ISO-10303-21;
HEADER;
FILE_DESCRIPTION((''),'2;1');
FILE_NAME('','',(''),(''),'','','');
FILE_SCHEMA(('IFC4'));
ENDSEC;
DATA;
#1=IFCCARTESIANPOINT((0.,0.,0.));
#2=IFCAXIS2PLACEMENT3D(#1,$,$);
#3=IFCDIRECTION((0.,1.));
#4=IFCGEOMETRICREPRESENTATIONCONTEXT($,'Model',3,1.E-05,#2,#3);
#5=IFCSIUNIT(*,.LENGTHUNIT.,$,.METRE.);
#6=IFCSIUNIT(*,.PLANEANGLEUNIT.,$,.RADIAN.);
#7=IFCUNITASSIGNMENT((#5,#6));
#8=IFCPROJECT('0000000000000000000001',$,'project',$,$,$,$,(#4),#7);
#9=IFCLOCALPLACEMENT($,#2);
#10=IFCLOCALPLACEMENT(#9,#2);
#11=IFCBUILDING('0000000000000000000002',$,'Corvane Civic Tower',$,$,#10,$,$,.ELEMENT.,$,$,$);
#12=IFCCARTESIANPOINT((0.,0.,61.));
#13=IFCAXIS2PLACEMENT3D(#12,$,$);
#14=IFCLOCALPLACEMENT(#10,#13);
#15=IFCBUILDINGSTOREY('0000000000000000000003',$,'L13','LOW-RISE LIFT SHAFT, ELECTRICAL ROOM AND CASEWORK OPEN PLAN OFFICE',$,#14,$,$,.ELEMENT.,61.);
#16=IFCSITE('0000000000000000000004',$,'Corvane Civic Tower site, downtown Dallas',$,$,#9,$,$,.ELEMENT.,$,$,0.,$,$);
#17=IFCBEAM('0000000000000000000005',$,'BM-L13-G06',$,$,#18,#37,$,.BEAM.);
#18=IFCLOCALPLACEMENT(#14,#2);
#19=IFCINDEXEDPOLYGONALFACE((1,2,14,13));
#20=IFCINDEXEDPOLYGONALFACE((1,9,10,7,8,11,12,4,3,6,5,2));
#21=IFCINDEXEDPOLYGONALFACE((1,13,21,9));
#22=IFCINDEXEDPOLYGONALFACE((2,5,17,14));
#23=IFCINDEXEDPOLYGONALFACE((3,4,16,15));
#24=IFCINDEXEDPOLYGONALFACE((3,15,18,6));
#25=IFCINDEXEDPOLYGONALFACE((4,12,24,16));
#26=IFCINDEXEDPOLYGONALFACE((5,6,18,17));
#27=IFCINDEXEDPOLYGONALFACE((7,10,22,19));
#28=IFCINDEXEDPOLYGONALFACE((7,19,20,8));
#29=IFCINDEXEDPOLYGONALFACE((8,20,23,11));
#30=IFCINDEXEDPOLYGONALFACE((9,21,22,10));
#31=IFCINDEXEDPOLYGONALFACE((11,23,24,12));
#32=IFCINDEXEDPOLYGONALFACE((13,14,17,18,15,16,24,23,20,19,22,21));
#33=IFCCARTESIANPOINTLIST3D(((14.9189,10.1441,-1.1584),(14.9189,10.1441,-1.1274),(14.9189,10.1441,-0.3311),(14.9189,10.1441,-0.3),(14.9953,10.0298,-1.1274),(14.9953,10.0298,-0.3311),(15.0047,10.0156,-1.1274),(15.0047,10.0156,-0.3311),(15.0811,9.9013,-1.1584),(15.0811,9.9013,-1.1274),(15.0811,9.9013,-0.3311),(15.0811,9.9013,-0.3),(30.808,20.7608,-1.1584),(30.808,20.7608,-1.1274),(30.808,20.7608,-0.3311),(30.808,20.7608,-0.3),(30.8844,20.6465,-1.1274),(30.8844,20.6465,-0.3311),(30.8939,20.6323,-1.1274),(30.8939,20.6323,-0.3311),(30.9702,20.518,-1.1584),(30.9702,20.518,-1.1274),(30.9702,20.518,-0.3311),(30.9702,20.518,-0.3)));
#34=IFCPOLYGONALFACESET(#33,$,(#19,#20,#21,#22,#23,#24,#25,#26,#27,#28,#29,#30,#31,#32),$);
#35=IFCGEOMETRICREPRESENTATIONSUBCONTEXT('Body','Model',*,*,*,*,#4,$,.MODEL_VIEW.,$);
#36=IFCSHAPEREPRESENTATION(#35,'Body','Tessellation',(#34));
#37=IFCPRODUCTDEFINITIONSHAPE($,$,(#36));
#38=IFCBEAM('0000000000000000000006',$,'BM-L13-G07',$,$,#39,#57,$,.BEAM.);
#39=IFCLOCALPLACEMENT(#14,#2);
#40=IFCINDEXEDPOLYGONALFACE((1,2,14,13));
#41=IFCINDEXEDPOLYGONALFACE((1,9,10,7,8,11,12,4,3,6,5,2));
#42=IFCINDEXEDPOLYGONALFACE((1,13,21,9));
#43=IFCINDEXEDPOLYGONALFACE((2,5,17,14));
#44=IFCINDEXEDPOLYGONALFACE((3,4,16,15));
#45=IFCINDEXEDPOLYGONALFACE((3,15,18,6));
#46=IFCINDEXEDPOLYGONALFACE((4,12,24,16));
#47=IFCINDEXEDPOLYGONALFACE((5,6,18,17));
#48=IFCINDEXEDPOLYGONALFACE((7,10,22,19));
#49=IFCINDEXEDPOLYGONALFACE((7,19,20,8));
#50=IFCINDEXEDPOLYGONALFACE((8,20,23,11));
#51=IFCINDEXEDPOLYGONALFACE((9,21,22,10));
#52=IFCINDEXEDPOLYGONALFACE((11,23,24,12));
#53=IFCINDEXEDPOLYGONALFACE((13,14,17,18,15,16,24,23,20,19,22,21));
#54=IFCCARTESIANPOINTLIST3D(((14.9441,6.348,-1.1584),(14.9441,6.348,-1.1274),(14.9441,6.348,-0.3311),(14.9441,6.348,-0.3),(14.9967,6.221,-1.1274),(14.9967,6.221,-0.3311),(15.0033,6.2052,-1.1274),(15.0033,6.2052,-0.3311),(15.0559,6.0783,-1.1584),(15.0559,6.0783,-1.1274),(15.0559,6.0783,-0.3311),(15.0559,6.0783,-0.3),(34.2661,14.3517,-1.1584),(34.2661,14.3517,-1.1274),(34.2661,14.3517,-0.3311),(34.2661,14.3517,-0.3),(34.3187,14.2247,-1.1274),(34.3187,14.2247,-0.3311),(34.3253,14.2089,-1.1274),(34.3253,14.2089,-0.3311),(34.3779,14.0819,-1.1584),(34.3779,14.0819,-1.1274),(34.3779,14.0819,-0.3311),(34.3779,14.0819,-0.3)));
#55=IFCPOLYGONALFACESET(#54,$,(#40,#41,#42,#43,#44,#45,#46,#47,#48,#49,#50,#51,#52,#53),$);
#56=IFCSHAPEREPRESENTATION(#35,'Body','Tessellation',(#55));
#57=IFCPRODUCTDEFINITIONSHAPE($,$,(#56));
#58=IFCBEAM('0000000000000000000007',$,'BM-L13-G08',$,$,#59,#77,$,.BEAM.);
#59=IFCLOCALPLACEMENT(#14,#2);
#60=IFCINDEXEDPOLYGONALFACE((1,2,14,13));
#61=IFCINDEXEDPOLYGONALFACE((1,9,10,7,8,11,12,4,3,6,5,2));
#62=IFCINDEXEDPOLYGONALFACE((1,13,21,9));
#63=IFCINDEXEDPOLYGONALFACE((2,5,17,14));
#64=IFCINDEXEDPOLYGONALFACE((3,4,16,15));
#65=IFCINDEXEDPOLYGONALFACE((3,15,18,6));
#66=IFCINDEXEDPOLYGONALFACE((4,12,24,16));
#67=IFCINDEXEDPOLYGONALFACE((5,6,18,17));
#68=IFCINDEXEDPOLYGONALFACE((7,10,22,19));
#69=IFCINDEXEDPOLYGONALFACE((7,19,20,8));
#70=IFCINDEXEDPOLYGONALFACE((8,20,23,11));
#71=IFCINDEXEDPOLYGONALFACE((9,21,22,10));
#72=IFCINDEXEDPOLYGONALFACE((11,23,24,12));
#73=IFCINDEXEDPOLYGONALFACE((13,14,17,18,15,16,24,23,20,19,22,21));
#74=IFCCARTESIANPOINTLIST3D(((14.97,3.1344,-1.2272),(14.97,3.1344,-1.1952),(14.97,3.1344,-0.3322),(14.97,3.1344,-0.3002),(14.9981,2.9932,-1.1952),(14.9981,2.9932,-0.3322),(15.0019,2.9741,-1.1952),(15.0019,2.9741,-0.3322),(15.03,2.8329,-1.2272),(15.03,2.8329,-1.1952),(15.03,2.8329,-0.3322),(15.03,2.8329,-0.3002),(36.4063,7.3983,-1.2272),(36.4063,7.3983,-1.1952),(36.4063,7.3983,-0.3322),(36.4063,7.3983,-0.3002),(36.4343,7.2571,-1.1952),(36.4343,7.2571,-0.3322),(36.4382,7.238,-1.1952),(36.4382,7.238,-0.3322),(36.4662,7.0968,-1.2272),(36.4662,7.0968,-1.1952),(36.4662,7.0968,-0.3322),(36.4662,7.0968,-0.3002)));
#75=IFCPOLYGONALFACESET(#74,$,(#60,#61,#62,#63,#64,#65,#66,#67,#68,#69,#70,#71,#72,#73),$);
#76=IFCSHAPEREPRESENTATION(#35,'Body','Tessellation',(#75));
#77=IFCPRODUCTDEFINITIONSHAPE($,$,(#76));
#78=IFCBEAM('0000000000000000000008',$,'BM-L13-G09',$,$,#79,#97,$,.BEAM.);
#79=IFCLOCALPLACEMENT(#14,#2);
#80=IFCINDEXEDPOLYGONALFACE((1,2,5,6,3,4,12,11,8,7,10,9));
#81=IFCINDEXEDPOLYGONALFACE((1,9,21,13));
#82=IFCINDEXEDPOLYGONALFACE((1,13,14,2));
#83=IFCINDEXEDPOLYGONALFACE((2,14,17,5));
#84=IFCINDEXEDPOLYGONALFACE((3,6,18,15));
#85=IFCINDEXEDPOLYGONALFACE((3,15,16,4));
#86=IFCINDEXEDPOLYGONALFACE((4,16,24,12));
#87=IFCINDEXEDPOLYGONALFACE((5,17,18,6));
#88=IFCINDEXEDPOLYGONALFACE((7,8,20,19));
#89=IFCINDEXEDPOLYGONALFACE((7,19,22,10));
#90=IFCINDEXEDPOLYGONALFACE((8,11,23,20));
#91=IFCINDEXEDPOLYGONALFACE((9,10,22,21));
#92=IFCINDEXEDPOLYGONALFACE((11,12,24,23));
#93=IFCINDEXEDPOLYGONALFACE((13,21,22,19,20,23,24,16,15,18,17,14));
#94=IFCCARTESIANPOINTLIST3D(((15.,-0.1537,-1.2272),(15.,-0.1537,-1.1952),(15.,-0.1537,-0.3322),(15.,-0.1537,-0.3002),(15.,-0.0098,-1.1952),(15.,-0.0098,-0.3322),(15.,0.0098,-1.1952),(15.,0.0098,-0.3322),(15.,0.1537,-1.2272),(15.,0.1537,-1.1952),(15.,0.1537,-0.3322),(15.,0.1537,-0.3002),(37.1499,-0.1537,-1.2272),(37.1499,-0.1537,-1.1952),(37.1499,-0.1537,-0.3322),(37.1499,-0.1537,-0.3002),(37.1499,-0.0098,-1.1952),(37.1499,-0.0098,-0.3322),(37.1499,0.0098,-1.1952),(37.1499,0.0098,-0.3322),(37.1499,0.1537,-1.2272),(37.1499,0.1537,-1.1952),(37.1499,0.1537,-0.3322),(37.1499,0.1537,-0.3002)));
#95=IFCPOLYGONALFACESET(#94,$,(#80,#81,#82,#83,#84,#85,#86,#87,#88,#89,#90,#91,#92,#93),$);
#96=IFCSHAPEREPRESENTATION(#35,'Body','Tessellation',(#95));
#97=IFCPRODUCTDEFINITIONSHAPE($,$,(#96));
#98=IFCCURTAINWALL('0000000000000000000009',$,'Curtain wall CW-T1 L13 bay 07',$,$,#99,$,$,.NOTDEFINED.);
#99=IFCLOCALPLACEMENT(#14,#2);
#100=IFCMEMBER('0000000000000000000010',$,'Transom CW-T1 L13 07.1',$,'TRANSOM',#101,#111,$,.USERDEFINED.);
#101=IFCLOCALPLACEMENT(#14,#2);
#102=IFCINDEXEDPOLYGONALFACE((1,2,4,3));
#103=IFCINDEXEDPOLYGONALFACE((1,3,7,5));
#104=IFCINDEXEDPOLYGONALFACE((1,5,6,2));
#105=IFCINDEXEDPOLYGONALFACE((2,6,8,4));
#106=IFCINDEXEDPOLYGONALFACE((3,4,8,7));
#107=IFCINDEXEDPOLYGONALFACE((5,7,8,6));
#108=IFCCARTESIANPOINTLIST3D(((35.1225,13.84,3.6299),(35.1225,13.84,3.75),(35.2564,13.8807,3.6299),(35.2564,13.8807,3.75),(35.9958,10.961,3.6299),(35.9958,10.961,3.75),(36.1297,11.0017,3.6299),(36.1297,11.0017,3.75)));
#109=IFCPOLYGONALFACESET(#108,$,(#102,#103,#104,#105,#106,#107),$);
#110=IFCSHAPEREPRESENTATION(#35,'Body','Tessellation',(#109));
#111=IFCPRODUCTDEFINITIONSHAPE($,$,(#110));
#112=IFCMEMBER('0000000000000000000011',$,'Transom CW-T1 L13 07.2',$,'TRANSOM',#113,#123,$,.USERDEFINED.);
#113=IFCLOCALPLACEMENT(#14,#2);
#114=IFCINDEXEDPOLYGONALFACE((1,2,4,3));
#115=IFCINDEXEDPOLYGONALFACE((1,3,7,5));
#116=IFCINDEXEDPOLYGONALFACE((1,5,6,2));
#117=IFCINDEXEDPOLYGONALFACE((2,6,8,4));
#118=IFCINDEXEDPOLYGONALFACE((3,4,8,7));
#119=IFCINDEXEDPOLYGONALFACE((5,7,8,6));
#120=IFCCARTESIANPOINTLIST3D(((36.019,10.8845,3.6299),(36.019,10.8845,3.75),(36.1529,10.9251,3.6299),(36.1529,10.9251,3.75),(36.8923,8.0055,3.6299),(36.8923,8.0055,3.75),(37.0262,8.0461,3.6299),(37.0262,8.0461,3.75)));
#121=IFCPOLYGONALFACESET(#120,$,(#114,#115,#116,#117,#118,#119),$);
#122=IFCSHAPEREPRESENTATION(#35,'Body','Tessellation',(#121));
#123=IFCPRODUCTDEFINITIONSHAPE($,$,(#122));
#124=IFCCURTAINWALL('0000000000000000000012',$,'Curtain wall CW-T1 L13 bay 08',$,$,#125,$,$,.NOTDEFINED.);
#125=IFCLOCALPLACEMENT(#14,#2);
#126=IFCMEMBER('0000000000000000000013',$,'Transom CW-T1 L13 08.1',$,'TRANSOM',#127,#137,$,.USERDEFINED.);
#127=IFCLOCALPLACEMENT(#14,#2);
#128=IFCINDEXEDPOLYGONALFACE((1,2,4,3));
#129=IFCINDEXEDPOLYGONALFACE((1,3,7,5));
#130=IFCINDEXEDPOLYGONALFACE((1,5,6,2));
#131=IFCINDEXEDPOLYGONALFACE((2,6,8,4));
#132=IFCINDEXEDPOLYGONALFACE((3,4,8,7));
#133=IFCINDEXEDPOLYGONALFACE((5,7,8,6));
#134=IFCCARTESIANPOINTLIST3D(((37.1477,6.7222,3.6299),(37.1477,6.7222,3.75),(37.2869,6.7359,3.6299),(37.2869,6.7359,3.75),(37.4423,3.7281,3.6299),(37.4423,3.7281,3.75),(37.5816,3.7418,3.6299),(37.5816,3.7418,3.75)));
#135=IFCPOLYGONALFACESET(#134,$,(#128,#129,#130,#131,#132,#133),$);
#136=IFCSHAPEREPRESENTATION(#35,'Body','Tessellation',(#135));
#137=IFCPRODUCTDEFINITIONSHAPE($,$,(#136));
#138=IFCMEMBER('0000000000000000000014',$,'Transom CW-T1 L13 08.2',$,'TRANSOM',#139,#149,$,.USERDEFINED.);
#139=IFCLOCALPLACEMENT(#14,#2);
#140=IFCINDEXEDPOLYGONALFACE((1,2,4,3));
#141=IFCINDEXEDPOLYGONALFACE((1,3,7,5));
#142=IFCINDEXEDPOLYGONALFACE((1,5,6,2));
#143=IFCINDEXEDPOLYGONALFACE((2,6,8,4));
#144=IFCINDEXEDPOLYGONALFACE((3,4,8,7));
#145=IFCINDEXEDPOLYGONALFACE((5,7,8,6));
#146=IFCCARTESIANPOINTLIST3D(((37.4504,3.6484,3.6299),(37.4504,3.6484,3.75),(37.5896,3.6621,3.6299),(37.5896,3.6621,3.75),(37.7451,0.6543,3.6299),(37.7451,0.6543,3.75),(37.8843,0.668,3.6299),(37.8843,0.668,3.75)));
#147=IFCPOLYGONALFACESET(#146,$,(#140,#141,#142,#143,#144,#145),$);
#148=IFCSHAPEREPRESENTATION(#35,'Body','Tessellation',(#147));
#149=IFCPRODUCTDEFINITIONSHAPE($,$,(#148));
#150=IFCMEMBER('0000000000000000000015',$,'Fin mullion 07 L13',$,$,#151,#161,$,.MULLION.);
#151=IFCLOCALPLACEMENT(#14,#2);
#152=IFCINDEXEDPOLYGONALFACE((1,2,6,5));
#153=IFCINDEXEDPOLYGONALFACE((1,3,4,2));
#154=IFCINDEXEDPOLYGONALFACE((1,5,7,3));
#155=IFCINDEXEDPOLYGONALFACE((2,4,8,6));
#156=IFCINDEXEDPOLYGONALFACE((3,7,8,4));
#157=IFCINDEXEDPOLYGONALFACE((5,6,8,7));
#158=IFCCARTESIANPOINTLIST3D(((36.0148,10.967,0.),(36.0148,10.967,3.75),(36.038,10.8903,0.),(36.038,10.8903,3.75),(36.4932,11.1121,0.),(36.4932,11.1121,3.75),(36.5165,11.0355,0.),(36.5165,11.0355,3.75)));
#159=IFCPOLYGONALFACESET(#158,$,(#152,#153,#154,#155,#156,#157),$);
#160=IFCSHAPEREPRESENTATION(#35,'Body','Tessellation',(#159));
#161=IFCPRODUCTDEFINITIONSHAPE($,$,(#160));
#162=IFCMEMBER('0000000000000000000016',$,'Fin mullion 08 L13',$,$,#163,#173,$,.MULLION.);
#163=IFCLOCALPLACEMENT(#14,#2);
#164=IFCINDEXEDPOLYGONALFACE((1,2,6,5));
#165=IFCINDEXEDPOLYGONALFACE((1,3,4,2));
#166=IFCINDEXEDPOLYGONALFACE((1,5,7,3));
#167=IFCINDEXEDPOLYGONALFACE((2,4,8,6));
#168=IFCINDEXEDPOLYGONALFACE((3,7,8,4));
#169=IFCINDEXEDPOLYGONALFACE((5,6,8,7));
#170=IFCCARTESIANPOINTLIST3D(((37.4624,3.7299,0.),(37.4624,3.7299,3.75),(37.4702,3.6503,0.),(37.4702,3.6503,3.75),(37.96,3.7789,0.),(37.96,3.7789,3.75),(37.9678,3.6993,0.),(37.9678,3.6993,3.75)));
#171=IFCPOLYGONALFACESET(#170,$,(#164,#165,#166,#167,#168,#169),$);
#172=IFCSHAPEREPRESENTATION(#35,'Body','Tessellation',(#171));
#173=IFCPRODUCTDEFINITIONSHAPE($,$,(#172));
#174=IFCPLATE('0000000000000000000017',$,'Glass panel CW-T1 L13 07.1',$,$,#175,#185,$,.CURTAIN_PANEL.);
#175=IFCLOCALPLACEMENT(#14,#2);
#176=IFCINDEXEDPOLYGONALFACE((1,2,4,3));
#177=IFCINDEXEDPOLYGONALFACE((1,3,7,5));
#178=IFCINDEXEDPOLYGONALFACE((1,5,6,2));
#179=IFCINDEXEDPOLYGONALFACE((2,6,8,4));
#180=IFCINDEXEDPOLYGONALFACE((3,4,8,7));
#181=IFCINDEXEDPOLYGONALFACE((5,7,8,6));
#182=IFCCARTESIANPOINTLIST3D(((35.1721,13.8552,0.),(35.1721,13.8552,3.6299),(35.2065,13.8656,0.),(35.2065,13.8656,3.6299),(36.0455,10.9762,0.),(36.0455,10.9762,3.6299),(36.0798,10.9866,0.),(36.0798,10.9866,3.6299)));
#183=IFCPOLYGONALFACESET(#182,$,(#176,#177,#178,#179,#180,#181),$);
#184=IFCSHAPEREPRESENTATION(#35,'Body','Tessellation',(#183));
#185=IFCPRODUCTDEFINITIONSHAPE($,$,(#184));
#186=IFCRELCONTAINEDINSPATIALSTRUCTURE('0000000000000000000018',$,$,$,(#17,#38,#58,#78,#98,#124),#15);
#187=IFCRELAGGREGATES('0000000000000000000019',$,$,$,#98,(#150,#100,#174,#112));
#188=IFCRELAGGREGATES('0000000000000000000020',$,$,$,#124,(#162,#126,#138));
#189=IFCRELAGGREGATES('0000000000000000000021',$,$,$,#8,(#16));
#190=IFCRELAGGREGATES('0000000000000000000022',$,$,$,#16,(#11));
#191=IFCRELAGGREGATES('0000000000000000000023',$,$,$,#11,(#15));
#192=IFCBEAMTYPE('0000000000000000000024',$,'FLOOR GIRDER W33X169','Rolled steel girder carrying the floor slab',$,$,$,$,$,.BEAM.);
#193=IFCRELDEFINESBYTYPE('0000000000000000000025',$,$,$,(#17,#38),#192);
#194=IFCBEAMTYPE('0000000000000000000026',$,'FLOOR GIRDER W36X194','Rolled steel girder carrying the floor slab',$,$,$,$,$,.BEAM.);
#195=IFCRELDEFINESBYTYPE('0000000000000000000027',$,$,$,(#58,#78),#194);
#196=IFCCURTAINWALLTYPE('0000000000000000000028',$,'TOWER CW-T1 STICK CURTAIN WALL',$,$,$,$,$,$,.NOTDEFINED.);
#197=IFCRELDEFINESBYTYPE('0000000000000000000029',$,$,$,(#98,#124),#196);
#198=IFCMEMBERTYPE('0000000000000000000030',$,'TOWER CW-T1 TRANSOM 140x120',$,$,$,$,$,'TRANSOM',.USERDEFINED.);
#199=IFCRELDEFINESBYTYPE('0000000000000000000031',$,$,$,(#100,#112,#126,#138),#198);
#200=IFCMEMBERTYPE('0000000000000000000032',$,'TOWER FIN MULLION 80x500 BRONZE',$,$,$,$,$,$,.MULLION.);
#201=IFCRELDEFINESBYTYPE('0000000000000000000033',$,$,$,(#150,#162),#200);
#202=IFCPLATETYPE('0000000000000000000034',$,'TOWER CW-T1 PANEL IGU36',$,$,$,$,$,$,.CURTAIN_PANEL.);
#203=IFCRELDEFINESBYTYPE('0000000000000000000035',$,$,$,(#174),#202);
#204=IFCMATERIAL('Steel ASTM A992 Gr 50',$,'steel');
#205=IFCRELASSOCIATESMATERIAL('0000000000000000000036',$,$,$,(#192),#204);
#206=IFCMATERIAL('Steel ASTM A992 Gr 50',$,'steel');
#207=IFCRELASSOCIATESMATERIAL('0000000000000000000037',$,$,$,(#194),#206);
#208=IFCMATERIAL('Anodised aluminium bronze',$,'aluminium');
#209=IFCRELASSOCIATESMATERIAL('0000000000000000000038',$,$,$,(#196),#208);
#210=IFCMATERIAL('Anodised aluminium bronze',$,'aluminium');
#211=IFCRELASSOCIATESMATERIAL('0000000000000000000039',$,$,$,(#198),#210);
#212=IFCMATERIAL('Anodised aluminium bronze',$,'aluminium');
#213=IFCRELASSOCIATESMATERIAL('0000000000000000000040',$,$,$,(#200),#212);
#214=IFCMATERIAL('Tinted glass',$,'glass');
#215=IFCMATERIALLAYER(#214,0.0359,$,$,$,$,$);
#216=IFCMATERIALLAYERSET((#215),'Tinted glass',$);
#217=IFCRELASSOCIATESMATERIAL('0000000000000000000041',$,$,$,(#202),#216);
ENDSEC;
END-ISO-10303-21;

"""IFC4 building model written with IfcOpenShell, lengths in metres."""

from ifc_helpers import new_model, si_unit, direction, frame, origin, origin_2d, place, context, subcontext, project, spatial, rectangle, i_section, extrude, material, layer, layer_set, material_profile, profile_set, type_object, element, aggregate, save


model = new_model("IFC4")

# Units and contexts
model_context = context("Model", 3, precision=1e-05, world=origin(), true_north=direction((0.0, 1.0)))
body_context = subcontext(model_context, "Body", "Model", "MODEL_VIEW")
ifc_project = project(units=[si_unit("LENGTHUNIT", "METRE"), si_unit("PLANEANGLEUNIT", "RADIAN")], contexts=[model_context])

# Site, building, storey
site_placement = place(None, origin())
site = spatial("IfcSite", under=ifc_project, at=site_placement, Name="Corvane Civic Tower site, downtown Dallas", CompositionType="ELEMENT", RefElevation=0.0)
building_placement = place(site_placement, origin())
building = spatial("IfcBuilding", under=site, at=building_placement, Name="Corvane Civic Tower", CompositionType="ELEMENT")
storey_placement = place(building_placement, frame((0.0, 0.0, 61.0)))
storey = spatial("IfcBuildingStorey", under=building, at=storey_placement, Name="L13", Description="LOW-RISE LIFT SHAFT, ELECTRICAL ROOM AND CASEWORK OPEN PLAN OFFICE", CompositionType="ELEMENT", Elevation=61.0)

# Beams
ifc_material_1 = material(Name="Steel ASTM A992 Gr 50", Category="steel")
ifc_material_profile_1 = material_profile(ifc_material_1, i_section(OverallWidth=0.292, OverallDepth=0.8584, WebThickness=0.0171, FlangeThickness=0.031, at=origin_2d()), Name="W33X169")
ifc_profile_set_1 = profile_set([ifc_material_profile_1], Name="Steel ASTM A992 Gr 50")
beam_type_1 = type_object("IfcBeamType", Name="FLOOR GIRDER W33X169", Description="Rolled steel girder carrying the floor slab", PredefinedType="BEAM", material=ifc_profile_set_1)
for number, where, z_axis, x_axis, name in (
    (1, (15.0, 10.0227, -0.7292), (0.831472, 0.555567, 0.0), (-0.555567, 0.831472, 0.0), "BM-L13-G06"),
):
    element("IfcBeam", number, at=place(storey_placement, frame(where, z_axis=z_axis, x_axis=x_axis)), inside=storey, type_object=beam_type_1, Name=name, PredefinedType="BEAM", context=body_context, shape_type="SweptSolid", body=[
        extrude(i_section(OverallWidth=0.292, OverallDepth=0.8584, WebThickness=0.0171, FlangeThickness=0.031, at=origin_2d()), origin(), (0.0, 0.0, 1.0), 19.1096),
    ])
beam_1_placement = place(storey_placement, frame((15.0, 6.2131, -0.7292), z_axis=(0.923876, 0.382692, 0.0), x_axis=(-0.382692, 0.923876, 0.0)))
element("IfcBeam", 2, at=beam_1_placement, inside=storey, type_object=beam_type_1, Name="BM-L13-G07", PredefinedType="BEAM", context=body_context, shape_type="SweptSolid", body=[
    extrude(i_section(OverallWidth=0.292, OverallDepth=0.8584, WebThickness=0.0171, FlangeThickness=0.031, at=origin_2d()), origin(), (0.0, 0.0, 1.0), 20.9141),
])
ifc_material_2 = material(Name="Steel ASTM A992 Gr 50", Category="steel")
ifc_material_profile_2 = material_profile(ifc_material_2, i_section(OverallWidth=0.3074, OverallDepth=0.927, WebThickness=0.0195, FlangeThickness=0.032, at=origin_2d()), Name="W36X194")
ifc_profile_set_2 = profile_set([ifc_material_profile_2], Name="Steel ASTM A992 Gr 50")
beam_type_2 = type_object("IfcBeamType", Name="FLOOR GIRDER W36X194", Description="Rolled steel girder carrying the floor slab", PredefinedType="BEAM", material=ifc_profile_set_2)
beam_2_placement = place(storey_placement, frame((15.0, 2.9836, -0.7637), z_axis=(0.980785, 0.195089, 0.0), x_axis=(-0.195089, 0.980785, 0.0)))
element("IfcBeam", 3, at=beam_2_placement, inside=storey, type_object=beam_type_2, Name="BM-L13-G08", PredefinedType="BEAM", context=body_context, shape_type="SweptSolid", body=[
    extrude(i_section(OverallWidth=0.3074, OverallDepth=0.927, WebThickness=0.0195, FlangeThickness=0.032, at=origin_2d()), origin(), (0.0, 0.0, 1.0), 21.8562),
])
beam_3_placement = place(storey_placement, frame((15.0, 0.0, -0.7637), z_axis=(1.0, 0.0, 0.0), x_axis=(0.0, 1.0, 0.0)))
element("IfcBeam", 4, at=beam_3_placement, inside=storey, type_object=beam_type_2, Name="BM-L13-G09", PredefinedType="BEAM", context=body_context, shape_type="SweptSolid", body=[
    extrude(i_section(OverallWidth=0.3074, OverallDepth=0.927, WebThickness=0.0195, FlangeThickness=0.032, at=origin_2d()), origin(), (0.0, 0.0, 1.0), 22.1499),
])

# Curtain walls, members
ifc_material_3 = material(Name="Anodised aluminium bronze", Category="aluminium")
curtain_wall_type = type_object("IfcCurtainWallType", Name="TOWER CW-T1 STICK CURTAIN WALL", PredefinedType="NOTDEFINED", material=ifc_material_3)
curtain_wall_1_placement = place(storey_placement, origin())
curtain_wall_1 = element("IfcCurtainWall", 5, at=curtain_wall_1_placement, inside=storey, type_object=curtain_wall_type, Name="Curtain wall CW-T1 L13 bay 07", PredefinedType="NOTDEFINED")
ifc_material_4 = material(Name="Anodised aluminium bronze", Category="aluminium")
ifc_material_profile_3 = material_profile(ifc_material_4, rectangle(XDim=0.1399, YDim=0.1201, at=origin_2d()), Name="TOWER CW-T1 TRANSOM 140x120")
ifc_profile_set_3 = profile_set([ifc_material_profile_3], Name="Anodised aluminium bronze")
member_type_1 = type_object("IfcMemberType", Name="TOWER CW-T1 TRANSOM 140x120", ElementType="TRANSOM", PredefinedType="USERDEFINED", material=ifc_profile_set_3)
member_1_placement = place(storey_placement, frame((35.1895, 13.8604, 3.6899), z_axis=(0.29028, -0.956942, 0.0), x_axis=(0.956942, 0.29028, 0.0)))
member_1 = element("IfcMember", 6, at=member_1_placement, type_object=member_type_1, Name="Transom CW-T1 L13 07.1", ObjectType="TRANSOM", PredefinedType="USERDEFINED", context=body_context, shape_type="SweptSolid", body=[
    extrude(rectangle(XDim=0.1399, YDim=0.1201, at=origin_2d()), origin(), (0.0, 0.0, 1.0), 3.0085),
])
member_2_placement = place(storey_placement, frame((36.0859, 10.9048, 3.6899), z_axis=(0.29028, -0.956942, 0.0), x_axis=(0.956942, 0.29028, 0.0)))
member_2 = element("IfcMember", 7, at=member_2_placement, type_object=member_type_1, Name="Transom CW-T1 L13 07.2", ObjectType="TRANSOM", PredefinedType="USERDEFINED", context=body_context, shape_type="SweptSolid", body=[
    extrude(rectangle(XDim=0.1399, YDim=0.1201, at=origin_2d()), origin(), (0.0, 0.0, 1.0), 3.0085),
])
curtain_wall_2_placement = place(storey_placement, origin())
curtain_wall_2 = element("IfcCurtainWall", 8, at=curtain_wall_2_placement, inside=storey, type_object=curtain_wall_type, Name="Curtain wall CW-T1 L13 bay 08", PredefinedType="NOTDEFINED")
member_3_placement = place(storey_placement, frame((37.2173, 6.729, 3.6899), z_axis=(0.097945, -0.995192, 0.0), x_axis=(0.995192, 0.097945, 0.0)))
member_3 = element("IfcMember", 9, at=member_3_placement, type_object=member_type_1, Name="Transom CW-T1 L13 08.1", ObjectType="TRANSOM", PredefinedType="USERDEFINED", context=body_context, shape_type="SweptSolid", body=[
    extrude(rectangle(XDim=0.1399, YDim=0.1201, at=origin_2d()), origin(), (0.0, 0.0, 1.0), 3.0085),
])
member_4_placement = place(storey_placement, frame((37.52, 3.6553, 3.6899), z_axis=(0.097945, -0.995192, 0.0), x_axis=(0.995192, 0.097945, 0.0)))
member_4 = element("IfcMember", 10, at=member_4_placement, type_object=member_type_1, Name="Transom CW-T1 L13 08.2", ObjectType="TRANSOM", PredefinedType="USERDEFINED", context=body_context, shape_type="SweptSolid", body=[
    extrude(rectangle(XDim=0.1399, YDim=0.1201, at=origin_2d()), origin(), (0.0, 0.0, 1.0), 3.0085),
])

# Members
ifc_material_5 = material(Name="Anodised aluminium bronze", Category="aluminium")
ifc_material_profile_4 = material_profile(ifc_material_5, rectangle(XDim=0.0801, YDim=0.5, at=origin_2d()), Name="TOWER FIN MULLION 80x500 BRONZE")
ifc_profile_set_4 = profile_set([ifc_material_profile_4], Name="Anodised aluminium bronze")
member_type_2 = type_object("IfcMemberType", Name="TOWER FIN MULLION 80x500 BRONZE", PredefinedType="MULLION", material=ifc_profile_set_4)
member_5_placement = place(storey_placement, frame((36.2656, 11.0012, 0.0), z_axis=(0.0, 0.0, 1.0), x_axis=(0.290278, -0.956942, 0.0)))
member_5 = element("IfcMember", 11, at=member_5_placement, type_object=member_type_2, Name="Fin mullion 07 L13", PredefinedType="MULLION", context=body_context, shape_type="SweptSolid", body=[
    extrude(rectangle(XDim=0.0801, YDim=0.5, at=origin_2d()), origin(), (0.0, 0.0, 1.0), 3.75),
])
member_6_placement = place(storey_placement, frame((37.7151, 3.7146, 0.0), z_axis=(0.0, 0.0, 1.0), x_axis=(0.098006, -0.995186, 0.0)))
member_6 = element("IfcMember", 12, at=member_6_placement, type_object=member_type_2, Name="Fin mullion 08 L13", PredefinedType="MULLION", context=body_context, shape_type="SweptSolid", body=[
    extrude(rectangle(XDim=0.0801, YDim=0.5, at=origin_2d()), origin(), (0.0, 0.0, 1.0), 3.75),
])

# Plate
ifc_material_6 = material(Name="Tinted glass", Category="glass")
ifc_layer_1 = layer(ifc_material_6, 0.0359)
ifc_layer_set_1 = layer_set([ifc_layer_1], Name="Tinted glass")
plate_type = type_object("IfcPlateType", Name="TOWER CW-T1 PANEL IGU36", PredefinedType="CURTAIN_PANEL", material=ifc_layer_set_1)
plate_1_placement = place(storey_placement, frame((35.626, 12.4209, 0.0), z_axis=(0.0, 0.0, 1.0), x_axis=(0.290278, -0.956942, 0.0)))
plate_1 = element("IfcPlate", 13, at=plate_1_placement, type_object=plate_type, Name="Glass panel CW-T1 L13 07.1", PredefinedType="CURTAIN_PANEL", context=body_context, shape_type="SweptSolid", body=[
    extrude(rectangle(XDim=3.0085, YDim=0.0359, at=origin_2d()), origin(), (0.0, 0.0, 1.0), 3.6299),
])
aggregate(curtain_wall_1, [member_5, member_1, plate_1, member_2])
aggregate(curtain_wall_2, [member_6, member_3, member_4])

save(model, "model.ifc")
